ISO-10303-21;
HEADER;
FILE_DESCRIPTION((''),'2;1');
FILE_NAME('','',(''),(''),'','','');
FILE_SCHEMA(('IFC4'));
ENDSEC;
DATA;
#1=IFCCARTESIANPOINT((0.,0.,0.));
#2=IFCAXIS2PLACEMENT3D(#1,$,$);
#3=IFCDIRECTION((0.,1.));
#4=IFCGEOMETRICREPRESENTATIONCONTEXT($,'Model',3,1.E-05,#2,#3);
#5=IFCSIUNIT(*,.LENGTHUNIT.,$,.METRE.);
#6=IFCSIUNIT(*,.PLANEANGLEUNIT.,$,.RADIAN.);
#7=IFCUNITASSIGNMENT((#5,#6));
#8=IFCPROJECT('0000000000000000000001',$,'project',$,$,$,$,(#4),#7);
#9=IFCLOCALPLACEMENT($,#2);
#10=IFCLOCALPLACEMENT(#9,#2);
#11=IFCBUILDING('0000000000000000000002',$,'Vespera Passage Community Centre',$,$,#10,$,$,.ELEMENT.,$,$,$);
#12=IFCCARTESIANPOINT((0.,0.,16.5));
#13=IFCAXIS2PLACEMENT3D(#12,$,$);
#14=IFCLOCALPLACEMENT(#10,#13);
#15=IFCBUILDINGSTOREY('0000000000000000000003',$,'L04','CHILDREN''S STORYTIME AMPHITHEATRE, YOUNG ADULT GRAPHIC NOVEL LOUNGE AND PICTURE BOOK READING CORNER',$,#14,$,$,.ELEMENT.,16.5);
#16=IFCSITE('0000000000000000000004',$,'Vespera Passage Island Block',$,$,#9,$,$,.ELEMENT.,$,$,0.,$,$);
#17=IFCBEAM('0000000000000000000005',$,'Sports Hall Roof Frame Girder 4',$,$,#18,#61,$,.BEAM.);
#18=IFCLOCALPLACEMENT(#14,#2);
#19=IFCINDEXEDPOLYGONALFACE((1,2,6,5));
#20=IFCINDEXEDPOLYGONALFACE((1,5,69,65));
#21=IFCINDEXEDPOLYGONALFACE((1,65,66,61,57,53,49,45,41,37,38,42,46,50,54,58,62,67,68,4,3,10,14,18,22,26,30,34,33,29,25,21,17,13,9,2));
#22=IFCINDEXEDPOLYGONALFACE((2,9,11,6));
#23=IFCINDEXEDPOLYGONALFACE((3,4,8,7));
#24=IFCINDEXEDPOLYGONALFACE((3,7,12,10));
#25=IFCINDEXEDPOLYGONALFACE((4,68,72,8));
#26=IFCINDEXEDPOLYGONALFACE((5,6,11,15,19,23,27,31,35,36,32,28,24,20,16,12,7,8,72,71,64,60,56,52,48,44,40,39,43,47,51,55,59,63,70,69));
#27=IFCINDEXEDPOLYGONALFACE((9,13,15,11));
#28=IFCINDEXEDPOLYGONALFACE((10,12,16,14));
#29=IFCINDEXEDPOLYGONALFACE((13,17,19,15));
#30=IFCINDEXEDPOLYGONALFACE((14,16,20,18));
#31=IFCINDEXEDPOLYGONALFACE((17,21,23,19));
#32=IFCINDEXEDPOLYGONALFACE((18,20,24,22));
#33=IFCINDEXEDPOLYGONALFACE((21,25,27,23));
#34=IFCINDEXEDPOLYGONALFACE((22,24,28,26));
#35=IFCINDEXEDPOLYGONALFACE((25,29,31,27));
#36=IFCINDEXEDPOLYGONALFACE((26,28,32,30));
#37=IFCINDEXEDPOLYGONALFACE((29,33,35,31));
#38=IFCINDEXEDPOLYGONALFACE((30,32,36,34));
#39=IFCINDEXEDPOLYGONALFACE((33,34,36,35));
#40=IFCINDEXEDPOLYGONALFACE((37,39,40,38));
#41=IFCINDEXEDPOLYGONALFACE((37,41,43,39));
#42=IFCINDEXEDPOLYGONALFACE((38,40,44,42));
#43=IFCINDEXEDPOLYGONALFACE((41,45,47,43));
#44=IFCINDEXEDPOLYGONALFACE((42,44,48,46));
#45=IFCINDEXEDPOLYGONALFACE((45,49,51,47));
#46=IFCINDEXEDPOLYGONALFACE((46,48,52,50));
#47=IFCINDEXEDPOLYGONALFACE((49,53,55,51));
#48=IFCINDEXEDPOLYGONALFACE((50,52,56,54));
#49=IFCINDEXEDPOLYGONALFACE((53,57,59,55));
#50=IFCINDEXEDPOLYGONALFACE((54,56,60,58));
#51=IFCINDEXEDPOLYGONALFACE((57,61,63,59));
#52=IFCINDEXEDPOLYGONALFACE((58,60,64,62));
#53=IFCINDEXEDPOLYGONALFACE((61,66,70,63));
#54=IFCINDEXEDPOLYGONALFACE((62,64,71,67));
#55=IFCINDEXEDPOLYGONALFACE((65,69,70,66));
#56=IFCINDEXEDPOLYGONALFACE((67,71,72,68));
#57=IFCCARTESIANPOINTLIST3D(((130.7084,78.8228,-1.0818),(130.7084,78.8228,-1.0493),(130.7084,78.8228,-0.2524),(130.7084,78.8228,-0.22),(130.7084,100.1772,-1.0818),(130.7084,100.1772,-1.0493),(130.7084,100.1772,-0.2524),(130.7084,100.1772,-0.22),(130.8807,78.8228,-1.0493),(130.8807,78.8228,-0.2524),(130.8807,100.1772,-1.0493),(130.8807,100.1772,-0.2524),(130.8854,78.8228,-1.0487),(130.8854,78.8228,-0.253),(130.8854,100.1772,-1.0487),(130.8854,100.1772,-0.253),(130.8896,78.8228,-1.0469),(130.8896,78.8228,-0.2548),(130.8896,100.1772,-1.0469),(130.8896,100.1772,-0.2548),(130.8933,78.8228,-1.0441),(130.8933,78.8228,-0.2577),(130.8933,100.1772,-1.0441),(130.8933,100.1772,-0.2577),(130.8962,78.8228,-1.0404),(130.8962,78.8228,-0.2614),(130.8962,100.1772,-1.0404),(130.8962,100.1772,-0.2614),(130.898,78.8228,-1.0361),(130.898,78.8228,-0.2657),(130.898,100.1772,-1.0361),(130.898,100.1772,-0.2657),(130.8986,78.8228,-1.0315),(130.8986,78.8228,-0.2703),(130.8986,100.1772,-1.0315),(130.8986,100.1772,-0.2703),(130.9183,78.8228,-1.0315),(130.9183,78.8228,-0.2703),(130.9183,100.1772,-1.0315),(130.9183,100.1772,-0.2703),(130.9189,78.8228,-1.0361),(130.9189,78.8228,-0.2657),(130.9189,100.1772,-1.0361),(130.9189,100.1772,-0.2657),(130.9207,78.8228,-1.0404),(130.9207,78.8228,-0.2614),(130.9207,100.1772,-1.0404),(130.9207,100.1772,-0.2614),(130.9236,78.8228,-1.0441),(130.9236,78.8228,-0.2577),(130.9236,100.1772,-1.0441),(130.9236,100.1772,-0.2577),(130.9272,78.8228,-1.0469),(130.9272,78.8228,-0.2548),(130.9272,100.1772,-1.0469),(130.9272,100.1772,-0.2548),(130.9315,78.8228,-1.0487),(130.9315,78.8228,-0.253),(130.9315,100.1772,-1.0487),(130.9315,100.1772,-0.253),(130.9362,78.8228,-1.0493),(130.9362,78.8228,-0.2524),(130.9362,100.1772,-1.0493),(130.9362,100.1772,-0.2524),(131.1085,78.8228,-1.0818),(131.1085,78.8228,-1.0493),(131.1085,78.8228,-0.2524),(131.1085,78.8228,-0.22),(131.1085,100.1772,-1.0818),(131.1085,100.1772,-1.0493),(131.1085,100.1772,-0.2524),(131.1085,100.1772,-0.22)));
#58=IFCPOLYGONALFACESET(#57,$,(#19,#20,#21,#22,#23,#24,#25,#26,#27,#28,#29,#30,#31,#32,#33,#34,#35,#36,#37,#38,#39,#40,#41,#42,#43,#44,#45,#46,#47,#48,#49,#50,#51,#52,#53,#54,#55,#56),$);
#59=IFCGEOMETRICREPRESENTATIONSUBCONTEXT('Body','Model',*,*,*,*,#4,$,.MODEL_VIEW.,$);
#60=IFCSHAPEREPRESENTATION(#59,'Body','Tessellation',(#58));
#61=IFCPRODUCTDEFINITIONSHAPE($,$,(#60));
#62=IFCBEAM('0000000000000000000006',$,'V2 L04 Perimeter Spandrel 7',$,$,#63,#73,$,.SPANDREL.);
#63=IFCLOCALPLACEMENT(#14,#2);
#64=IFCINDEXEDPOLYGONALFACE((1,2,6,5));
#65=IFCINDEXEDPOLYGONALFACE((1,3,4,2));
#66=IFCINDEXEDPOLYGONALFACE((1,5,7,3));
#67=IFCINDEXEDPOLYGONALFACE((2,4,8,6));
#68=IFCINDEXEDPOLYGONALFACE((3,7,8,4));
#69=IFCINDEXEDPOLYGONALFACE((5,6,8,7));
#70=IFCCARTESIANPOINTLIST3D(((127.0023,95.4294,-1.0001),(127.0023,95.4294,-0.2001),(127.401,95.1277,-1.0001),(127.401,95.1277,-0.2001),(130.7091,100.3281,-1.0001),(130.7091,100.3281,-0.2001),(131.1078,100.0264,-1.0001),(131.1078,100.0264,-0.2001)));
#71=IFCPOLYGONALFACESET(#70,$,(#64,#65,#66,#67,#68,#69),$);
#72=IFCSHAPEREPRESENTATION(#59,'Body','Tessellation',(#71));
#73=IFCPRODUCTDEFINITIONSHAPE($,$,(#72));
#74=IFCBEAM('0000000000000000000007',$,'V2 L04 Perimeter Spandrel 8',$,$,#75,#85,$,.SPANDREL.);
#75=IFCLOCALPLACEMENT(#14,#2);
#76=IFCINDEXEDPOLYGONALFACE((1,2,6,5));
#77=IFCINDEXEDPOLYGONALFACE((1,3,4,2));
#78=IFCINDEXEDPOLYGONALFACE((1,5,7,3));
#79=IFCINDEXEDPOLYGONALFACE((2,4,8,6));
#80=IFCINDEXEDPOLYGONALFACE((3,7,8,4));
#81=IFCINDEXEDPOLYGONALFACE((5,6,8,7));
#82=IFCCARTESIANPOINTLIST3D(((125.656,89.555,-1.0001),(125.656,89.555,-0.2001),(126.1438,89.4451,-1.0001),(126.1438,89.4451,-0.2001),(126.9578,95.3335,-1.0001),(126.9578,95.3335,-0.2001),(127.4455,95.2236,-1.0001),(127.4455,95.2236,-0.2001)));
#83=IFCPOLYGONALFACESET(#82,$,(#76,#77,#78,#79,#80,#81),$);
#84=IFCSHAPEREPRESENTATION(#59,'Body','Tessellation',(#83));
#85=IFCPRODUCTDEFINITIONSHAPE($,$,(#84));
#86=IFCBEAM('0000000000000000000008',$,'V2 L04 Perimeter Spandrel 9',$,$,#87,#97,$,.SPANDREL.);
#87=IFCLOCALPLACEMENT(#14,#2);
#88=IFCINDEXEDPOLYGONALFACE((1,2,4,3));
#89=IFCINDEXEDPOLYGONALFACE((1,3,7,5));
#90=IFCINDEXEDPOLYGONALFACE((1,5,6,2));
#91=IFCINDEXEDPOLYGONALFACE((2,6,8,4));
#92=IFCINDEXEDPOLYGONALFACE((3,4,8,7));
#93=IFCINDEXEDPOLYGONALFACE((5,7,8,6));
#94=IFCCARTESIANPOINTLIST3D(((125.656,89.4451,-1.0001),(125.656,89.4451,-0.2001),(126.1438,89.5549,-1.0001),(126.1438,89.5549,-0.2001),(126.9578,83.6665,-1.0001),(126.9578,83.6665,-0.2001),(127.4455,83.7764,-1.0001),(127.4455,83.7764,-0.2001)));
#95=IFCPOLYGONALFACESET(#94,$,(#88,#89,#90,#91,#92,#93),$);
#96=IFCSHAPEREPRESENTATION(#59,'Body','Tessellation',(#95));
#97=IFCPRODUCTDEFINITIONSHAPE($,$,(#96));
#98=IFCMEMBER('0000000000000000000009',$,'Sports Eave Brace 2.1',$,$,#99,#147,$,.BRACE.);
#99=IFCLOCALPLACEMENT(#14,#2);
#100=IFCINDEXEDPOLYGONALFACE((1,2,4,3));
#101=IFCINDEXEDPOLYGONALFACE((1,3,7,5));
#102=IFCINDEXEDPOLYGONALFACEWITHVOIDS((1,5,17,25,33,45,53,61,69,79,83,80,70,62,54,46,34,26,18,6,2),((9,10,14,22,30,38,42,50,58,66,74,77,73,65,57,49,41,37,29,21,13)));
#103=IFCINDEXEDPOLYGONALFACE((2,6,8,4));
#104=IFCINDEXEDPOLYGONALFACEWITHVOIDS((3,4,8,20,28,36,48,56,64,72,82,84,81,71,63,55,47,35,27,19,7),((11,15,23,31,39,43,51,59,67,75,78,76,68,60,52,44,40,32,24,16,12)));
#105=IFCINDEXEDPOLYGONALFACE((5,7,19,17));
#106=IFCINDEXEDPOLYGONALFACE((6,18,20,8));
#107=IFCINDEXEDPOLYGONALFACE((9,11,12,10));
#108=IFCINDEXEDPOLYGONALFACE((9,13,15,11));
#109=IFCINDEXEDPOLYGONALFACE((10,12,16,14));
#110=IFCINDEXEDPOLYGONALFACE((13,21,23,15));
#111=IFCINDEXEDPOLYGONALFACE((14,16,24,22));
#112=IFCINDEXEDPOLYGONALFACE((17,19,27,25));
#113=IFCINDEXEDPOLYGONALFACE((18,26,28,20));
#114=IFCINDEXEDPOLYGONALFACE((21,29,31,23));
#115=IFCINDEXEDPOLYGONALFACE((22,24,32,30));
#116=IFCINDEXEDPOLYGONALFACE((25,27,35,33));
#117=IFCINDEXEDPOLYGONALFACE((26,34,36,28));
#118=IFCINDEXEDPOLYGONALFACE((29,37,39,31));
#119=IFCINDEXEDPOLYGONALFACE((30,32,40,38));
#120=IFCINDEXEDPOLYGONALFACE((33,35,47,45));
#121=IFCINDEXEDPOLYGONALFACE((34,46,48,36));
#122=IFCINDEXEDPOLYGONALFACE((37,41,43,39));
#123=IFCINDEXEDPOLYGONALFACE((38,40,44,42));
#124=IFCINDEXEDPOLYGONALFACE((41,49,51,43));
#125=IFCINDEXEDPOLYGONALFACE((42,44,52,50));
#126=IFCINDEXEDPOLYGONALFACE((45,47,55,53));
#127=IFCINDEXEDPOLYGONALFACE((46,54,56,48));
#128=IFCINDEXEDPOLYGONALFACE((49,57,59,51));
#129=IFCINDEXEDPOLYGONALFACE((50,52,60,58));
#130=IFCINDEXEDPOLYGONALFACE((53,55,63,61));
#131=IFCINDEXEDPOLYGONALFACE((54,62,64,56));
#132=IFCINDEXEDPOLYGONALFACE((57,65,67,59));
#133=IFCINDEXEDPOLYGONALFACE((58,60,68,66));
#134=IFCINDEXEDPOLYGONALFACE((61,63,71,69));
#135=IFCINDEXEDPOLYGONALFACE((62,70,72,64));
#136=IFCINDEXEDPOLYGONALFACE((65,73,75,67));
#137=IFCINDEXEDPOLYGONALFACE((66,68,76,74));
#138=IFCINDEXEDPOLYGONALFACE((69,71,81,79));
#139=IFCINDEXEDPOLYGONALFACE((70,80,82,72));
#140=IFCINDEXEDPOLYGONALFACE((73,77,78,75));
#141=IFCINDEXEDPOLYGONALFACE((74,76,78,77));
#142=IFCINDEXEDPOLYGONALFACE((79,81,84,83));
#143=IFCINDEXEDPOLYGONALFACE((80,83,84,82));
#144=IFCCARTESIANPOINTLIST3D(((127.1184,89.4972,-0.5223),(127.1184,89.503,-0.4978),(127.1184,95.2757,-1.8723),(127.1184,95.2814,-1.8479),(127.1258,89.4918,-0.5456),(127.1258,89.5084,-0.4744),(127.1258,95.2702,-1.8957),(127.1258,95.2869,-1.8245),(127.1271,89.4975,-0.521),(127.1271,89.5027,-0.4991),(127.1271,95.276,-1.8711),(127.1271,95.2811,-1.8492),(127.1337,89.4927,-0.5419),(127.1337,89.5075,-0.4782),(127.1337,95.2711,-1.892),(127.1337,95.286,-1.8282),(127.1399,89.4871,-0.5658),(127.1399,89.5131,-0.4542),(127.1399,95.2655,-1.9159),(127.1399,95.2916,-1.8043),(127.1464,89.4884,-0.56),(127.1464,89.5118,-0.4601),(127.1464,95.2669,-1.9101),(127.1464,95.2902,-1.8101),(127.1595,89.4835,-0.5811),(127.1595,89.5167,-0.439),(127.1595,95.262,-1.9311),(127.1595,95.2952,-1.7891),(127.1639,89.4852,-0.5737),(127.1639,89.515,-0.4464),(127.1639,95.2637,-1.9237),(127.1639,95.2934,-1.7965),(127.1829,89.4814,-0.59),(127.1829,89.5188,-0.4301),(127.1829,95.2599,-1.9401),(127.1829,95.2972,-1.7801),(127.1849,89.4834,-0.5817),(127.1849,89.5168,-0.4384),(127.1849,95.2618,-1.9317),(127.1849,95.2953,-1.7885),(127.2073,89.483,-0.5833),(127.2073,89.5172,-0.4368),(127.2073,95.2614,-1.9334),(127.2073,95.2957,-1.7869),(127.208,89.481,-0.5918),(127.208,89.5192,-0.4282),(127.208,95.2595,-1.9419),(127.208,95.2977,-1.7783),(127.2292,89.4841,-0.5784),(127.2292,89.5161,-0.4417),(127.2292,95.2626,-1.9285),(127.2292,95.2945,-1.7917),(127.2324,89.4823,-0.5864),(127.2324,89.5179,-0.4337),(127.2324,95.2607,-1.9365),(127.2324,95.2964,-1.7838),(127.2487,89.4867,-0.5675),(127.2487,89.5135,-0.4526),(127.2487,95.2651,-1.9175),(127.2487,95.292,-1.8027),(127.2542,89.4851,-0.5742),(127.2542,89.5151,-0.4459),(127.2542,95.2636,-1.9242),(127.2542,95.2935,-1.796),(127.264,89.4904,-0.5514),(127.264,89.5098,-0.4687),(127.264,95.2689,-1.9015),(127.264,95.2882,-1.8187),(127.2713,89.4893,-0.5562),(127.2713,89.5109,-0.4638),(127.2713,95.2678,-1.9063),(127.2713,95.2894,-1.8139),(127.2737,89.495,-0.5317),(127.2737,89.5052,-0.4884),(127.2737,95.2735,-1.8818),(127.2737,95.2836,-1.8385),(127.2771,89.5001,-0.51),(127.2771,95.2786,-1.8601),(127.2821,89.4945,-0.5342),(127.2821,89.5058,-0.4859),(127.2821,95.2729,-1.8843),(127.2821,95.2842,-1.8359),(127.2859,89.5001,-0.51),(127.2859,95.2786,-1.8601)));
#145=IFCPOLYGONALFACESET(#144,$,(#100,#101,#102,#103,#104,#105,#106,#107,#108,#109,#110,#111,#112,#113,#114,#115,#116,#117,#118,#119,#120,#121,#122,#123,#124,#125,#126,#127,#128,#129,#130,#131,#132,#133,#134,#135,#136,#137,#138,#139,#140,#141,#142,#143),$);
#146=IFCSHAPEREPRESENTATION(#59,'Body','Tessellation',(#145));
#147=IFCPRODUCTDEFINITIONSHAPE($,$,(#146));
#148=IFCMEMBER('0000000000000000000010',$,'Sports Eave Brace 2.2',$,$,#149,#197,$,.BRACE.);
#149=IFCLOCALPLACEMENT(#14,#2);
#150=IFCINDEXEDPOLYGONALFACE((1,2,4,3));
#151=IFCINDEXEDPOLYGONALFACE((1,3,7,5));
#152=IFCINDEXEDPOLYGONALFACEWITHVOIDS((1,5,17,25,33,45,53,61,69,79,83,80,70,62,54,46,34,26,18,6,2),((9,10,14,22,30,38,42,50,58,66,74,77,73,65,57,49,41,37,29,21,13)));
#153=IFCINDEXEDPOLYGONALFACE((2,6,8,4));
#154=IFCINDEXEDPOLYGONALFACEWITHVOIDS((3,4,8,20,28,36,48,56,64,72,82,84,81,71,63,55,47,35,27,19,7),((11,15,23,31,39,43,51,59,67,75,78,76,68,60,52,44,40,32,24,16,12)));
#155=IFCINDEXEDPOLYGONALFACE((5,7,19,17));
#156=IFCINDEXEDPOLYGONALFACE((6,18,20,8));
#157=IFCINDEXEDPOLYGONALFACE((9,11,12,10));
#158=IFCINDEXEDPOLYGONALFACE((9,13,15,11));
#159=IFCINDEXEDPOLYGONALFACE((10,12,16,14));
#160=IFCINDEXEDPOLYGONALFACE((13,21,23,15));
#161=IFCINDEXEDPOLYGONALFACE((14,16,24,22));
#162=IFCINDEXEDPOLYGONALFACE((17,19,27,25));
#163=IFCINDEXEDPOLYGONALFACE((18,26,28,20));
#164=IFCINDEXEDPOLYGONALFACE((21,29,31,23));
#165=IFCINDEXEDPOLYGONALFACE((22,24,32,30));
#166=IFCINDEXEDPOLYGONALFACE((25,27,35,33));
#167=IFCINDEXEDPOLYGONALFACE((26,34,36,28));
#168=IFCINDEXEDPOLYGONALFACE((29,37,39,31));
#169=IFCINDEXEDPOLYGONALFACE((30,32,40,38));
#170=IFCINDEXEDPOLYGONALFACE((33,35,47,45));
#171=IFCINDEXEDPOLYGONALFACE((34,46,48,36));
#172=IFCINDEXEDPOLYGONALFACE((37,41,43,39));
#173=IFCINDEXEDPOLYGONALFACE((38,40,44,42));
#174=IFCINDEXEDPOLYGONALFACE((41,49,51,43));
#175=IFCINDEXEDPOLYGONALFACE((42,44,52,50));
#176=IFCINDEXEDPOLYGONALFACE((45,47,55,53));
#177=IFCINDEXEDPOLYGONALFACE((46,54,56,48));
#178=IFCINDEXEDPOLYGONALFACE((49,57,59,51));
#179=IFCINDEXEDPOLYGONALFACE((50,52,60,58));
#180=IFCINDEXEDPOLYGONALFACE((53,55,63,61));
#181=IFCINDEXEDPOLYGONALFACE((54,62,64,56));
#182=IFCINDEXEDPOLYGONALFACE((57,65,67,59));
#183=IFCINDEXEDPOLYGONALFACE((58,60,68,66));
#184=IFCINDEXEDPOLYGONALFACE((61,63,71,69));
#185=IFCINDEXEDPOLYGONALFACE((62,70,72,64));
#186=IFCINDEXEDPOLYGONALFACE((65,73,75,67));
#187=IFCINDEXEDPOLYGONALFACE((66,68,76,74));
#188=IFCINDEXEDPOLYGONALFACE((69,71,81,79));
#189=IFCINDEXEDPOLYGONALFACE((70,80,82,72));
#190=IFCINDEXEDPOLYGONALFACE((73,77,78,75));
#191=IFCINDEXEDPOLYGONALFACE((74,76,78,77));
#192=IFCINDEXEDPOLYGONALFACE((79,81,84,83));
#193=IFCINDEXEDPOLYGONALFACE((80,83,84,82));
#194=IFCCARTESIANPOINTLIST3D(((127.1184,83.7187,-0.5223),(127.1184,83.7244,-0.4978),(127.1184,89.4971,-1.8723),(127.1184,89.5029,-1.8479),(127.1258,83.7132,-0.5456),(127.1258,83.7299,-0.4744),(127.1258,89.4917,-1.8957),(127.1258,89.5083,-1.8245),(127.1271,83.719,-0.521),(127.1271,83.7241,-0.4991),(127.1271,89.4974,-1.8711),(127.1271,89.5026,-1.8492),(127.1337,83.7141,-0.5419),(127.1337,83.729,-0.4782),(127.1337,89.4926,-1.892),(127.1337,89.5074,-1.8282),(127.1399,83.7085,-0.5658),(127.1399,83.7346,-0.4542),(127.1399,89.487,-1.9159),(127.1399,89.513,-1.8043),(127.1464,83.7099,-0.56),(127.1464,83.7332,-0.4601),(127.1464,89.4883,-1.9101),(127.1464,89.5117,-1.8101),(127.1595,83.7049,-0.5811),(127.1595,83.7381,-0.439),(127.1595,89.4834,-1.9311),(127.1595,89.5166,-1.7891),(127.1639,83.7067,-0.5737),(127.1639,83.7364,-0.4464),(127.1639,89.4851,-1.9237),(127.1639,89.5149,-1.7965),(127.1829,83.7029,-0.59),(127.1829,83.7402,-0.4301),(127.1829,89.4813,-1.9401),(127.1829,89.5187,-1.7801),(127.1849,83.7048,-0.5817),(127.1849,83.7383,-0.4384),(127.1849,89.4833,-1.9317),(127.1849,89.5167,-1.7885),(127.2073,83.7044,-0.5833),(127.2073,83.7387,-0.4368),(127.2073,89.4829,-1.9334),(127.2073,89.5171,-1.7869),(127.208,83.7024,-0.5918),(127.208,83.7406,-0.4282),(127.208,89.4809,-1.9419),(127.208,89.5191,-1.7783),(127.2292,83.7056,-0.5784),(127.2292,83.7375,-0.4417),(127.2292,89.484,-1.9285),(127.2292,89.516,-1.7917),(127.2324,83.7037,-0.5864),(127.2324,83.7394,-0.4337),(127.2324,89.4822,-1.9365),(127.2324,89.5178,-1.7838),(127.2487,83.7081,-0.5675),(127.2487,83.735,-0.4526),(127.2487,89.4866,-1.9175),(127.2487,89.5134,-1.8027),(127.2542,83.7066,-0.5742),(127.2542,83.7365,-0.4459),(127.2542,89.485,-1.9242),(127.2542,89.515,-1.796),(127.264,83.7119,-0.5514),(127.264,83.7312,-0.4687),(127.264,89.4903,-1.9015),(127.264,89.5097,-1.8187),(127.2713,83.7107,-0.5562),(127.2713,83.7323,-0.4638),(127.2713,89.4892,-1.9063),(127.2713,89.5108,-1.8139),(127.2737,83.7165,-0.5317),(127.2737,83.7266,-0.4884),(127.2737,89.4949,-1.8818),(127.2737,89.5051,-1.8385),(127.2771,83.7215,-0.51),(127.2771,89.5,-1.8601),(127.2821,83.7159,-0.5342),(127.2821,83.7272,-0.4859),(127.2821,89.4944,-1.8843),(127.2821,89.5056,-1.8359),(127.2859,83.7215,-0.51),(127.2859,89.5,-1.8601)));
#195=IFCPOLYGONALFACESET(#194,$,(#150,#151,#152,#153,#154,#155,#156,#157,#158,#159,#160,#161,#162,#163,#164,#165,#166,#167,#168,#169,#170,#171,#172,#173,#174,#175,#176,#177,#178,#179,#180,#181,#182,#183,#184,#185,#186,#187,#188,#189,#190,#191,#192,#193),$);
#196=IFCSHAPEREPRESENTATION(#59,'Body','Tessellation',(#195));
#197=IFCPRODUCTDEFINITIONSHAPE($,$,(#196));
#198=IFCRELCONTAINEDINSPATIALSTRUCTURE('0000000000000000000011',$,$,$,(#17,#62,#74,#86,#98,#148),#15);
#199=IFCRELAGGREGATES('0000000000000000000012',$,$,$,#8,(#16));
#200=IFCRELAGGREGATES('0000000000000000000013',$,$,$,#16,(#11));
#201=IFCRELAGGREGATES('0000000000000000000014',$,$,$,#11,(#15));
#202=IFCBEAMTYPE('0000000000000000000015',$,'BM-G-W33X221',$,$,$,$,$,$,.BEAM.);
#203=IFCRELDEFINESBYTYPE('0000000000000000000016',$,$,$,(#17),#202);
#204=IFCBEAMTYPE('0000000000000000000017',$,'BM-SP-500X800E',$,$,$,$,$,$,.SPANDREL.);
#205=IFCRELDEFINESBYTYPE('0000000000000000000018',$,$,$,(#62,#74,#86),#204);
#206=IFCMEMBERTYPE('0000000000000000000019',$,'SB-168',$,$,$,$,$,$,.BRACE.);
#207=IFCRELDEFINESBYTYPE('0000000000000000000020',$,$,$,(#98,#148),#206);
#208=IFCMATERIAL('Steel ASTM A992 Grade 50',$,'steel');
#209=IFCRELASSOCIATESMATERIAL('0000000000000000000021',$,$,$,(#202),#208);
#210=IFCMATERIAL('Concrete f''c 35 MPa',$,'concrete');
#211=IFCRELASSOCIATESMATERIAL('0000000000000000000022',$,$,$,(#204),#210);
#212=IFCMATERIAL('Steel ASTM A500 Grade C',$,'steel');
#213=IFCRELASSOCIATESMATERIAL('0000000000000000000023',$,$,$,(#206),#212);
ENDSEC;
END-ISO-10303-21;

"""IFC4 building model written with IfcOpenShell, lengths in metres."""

from ifc_helpers import new_model, si_unit, direction, frame, origin, origin_2d, place, context, subcontext, project, spatial, rectangle, hollow_circle, i_section, extrude, material, material_profile, profile_set, type_object, element, save


model = new_model("IFC4")

# Units and contexts
model_context = context("Model", 3, precision=1e-05, world=origin(), true_north=direction((0.0, 1.0)))
body_context = subcontext(model_context, "Body", "Model", "MODEL_VIEW")
ifc_project = project(units=[si_unit("LENGTHUNIT", "METRE"), si_unit("PLANEANGLEUNIT", "RADIAN")], contexts=[model_context])

# Site, building, storey
site_placement = place(None, origin())
site = spatial("IfcSite", under=ifc_project, at=site_placement, Name="Vespera Passage Island Block", CompositionType="ELEMENT", RefElevation=0.0)
building_placement = place(site_placement, origin())
building = spatial("IfcBuilding", under=site, at=building_placement, Name="Vespera Passage Community Centre", CompositionType="ELEMENT")
storey_placement = place(building_placement, frame((0.0, 0.0, 16.5)))
storey = spatial("IfcBuildingStorey", under=building, at=storey_placement, Name="L04", Description="CHILDREN'S STORYTIME AMPHITHEATRE, YOUNG ADULT GRAPHIC NOVEL LOUNGE AND PICTURE BOOK READING CORNER", CompositionType="ELEMENT", Elevation=16.5)

# Beams
ifc_material_1 = material(Name="Steel ASTM A992 Grade 50", Category="steel")
ifc_material_profile_1 = material_profile(ifc_material_1, i_section(OverallWidth=0.4001, OverallDepth=0.8618, WebThickness=0.0198, FlangeThickness=0.0325, FilletRadius=0.0178, at=origin_2d()), Name="W33X221")
ifc_profile_set_1 = profile_set([ifc_material_profile_1], Name="Steel ASTM A992 Grade 50")
beam_type_1 = type_object("IfcBeamType", Name="BM-G-W33X221", PredefinedType="BEAM", material=ifc_profile_set_1)
beam_1_placement = place(storey_placement, frame((130.9084, 100.1772, -0.6509), z_axis=(0.0, -1.0, 0.0), x_axis=(1.0, 0.0, 0.0)))
element("IfcBeam", 1, at=beam_1_placement, inside=storey, type_object=beam_type_1, Name="Sports Hall Roof Frame Girder 4", PredefinedType="BEAM", context=body_context, shape_type="SweptSolid", body=[
    extrude(i_section(OverallWidth=0.4001, OverallDepth=0.8618, WebThickness=0.0198, FlangeThickness=0.0325, FilletRadius=0.0178, at=origin_2d()), origin(), (0.0, 0.0, 1.0), 21.3545),
])
ifc_material_2 = material(Name="Concrete f'c 35 MPa", Category="concrete")
ifc_material_profile_2 = material_profile(ifc_material_2, rectangle(XDim=0.5, YDim=0.8, at=origin_2d()), Name="RC500X800")
ifc_profile_set_2 = profile_set([ifc_material_profile_2], Name="Concrete f'c 35 MPa")
beam_type_2 = type_object("IfcBeamType", Name="BM-SP-500X800E", PredefinedType="SPANDREL", material=ifc_profile_set_2)
beam_2_placement = place(storey_placement, frame((130.9084, 100.1772, -0.6001), z_axis=(-0.603409, -0.797432, 0.0), x_axis=(0.797432, -0.603409, 0.0)))
element("IfcBeam", 2, at=beam_2_placement, inside=storey, type_object=beam_type_2, Name="V2 L04 Perimeter Spandrel 7", PredefinedType="SPANDREL", context=body_context, shape_type="SweptSolid", body=[
    extrude(rectangle(XDim=0.5, YDim=0.8, at=origin_2d()), origin(), (0.0, 0.0, 1.0), 6.1431),
])
for number, where, z_axis, x_axis, name in (
    (3, (127.2017, 95.2786, -0.6001), (-0.219766, -0.975553, 0.0), (0.975553, -0.219766, 0.0), "V2 L04 Perimeter Spandrel 8"),
    (4, (125.8999, 89.5, -0.6001), (0.219766, -0.975553, 0.0), (0.975553, 0.219766, 0.0), "V2 L04 Perimeter Spandrel 9"),
):
    element("IfcBeam", number, at=place(storey_placement, frame(where, z_axis=z_axis, x_axis=x_axis)), inside=storey, type_object=beam_type_2, Name=name, PredefinedType="SPANDREL", context=body_context, shape_type="SweptSolid", body=[
        extrude(rectangle(XDim=0.5, YDim=0.8, at=origin_2d()), origin(), (0.0, 0.0, 1.0), 5.9233),
    ])

# Members
ifc_material_3 = material(Name="Steel ASTM A500 Grade C", Category="steel")
ifc_material_profile_3 = material_profile(ifc_material_3, hollow_circle(Radius=0.0842, WallThickness=0.0088, at=origin_2d()), Name="CHS168X9.5")
ifc_profile_set_3 = profile_set([ifc_material_profile_3], Name="Steel ASTM A500 Grade C")
member_type_1 = type_object("IfcMemberType", Name="SB-168", PredefinedType="BRACE", material=ifc_profile_set_3)
for number, where, z_axis, x_axis, name in (
    (5, (127.2017, 95.2786, -1.8601), (0.0, -0.973775, 0.227512), (1.0, 0.0, 0.0), "Sports Eave Brace 2.1"),
    (6, (127.2017, 89.5, -1.8601), (0.0, -0.973775, 0.227512), (1.0, 0.0, 0.0), "Sports Eave Brace 2.2"),
):
    element("IfcMember", number, at=place(storey_placement, frame(where, z_axis=z_axis, x_axis=x_axis)), inside=storey, type_object=member_type_1, Name=name, PredefinedType="BRACE", context=body_context, shape_type="SweptSolid", body=[
        extrude(hollow_circle(Radius=0.0842, WallThickness=0.0088, at=origin_2d()), origin(), (0.0, 0.0, 1.0), 5.9341),
    ])

save(model, "model.ifc")
